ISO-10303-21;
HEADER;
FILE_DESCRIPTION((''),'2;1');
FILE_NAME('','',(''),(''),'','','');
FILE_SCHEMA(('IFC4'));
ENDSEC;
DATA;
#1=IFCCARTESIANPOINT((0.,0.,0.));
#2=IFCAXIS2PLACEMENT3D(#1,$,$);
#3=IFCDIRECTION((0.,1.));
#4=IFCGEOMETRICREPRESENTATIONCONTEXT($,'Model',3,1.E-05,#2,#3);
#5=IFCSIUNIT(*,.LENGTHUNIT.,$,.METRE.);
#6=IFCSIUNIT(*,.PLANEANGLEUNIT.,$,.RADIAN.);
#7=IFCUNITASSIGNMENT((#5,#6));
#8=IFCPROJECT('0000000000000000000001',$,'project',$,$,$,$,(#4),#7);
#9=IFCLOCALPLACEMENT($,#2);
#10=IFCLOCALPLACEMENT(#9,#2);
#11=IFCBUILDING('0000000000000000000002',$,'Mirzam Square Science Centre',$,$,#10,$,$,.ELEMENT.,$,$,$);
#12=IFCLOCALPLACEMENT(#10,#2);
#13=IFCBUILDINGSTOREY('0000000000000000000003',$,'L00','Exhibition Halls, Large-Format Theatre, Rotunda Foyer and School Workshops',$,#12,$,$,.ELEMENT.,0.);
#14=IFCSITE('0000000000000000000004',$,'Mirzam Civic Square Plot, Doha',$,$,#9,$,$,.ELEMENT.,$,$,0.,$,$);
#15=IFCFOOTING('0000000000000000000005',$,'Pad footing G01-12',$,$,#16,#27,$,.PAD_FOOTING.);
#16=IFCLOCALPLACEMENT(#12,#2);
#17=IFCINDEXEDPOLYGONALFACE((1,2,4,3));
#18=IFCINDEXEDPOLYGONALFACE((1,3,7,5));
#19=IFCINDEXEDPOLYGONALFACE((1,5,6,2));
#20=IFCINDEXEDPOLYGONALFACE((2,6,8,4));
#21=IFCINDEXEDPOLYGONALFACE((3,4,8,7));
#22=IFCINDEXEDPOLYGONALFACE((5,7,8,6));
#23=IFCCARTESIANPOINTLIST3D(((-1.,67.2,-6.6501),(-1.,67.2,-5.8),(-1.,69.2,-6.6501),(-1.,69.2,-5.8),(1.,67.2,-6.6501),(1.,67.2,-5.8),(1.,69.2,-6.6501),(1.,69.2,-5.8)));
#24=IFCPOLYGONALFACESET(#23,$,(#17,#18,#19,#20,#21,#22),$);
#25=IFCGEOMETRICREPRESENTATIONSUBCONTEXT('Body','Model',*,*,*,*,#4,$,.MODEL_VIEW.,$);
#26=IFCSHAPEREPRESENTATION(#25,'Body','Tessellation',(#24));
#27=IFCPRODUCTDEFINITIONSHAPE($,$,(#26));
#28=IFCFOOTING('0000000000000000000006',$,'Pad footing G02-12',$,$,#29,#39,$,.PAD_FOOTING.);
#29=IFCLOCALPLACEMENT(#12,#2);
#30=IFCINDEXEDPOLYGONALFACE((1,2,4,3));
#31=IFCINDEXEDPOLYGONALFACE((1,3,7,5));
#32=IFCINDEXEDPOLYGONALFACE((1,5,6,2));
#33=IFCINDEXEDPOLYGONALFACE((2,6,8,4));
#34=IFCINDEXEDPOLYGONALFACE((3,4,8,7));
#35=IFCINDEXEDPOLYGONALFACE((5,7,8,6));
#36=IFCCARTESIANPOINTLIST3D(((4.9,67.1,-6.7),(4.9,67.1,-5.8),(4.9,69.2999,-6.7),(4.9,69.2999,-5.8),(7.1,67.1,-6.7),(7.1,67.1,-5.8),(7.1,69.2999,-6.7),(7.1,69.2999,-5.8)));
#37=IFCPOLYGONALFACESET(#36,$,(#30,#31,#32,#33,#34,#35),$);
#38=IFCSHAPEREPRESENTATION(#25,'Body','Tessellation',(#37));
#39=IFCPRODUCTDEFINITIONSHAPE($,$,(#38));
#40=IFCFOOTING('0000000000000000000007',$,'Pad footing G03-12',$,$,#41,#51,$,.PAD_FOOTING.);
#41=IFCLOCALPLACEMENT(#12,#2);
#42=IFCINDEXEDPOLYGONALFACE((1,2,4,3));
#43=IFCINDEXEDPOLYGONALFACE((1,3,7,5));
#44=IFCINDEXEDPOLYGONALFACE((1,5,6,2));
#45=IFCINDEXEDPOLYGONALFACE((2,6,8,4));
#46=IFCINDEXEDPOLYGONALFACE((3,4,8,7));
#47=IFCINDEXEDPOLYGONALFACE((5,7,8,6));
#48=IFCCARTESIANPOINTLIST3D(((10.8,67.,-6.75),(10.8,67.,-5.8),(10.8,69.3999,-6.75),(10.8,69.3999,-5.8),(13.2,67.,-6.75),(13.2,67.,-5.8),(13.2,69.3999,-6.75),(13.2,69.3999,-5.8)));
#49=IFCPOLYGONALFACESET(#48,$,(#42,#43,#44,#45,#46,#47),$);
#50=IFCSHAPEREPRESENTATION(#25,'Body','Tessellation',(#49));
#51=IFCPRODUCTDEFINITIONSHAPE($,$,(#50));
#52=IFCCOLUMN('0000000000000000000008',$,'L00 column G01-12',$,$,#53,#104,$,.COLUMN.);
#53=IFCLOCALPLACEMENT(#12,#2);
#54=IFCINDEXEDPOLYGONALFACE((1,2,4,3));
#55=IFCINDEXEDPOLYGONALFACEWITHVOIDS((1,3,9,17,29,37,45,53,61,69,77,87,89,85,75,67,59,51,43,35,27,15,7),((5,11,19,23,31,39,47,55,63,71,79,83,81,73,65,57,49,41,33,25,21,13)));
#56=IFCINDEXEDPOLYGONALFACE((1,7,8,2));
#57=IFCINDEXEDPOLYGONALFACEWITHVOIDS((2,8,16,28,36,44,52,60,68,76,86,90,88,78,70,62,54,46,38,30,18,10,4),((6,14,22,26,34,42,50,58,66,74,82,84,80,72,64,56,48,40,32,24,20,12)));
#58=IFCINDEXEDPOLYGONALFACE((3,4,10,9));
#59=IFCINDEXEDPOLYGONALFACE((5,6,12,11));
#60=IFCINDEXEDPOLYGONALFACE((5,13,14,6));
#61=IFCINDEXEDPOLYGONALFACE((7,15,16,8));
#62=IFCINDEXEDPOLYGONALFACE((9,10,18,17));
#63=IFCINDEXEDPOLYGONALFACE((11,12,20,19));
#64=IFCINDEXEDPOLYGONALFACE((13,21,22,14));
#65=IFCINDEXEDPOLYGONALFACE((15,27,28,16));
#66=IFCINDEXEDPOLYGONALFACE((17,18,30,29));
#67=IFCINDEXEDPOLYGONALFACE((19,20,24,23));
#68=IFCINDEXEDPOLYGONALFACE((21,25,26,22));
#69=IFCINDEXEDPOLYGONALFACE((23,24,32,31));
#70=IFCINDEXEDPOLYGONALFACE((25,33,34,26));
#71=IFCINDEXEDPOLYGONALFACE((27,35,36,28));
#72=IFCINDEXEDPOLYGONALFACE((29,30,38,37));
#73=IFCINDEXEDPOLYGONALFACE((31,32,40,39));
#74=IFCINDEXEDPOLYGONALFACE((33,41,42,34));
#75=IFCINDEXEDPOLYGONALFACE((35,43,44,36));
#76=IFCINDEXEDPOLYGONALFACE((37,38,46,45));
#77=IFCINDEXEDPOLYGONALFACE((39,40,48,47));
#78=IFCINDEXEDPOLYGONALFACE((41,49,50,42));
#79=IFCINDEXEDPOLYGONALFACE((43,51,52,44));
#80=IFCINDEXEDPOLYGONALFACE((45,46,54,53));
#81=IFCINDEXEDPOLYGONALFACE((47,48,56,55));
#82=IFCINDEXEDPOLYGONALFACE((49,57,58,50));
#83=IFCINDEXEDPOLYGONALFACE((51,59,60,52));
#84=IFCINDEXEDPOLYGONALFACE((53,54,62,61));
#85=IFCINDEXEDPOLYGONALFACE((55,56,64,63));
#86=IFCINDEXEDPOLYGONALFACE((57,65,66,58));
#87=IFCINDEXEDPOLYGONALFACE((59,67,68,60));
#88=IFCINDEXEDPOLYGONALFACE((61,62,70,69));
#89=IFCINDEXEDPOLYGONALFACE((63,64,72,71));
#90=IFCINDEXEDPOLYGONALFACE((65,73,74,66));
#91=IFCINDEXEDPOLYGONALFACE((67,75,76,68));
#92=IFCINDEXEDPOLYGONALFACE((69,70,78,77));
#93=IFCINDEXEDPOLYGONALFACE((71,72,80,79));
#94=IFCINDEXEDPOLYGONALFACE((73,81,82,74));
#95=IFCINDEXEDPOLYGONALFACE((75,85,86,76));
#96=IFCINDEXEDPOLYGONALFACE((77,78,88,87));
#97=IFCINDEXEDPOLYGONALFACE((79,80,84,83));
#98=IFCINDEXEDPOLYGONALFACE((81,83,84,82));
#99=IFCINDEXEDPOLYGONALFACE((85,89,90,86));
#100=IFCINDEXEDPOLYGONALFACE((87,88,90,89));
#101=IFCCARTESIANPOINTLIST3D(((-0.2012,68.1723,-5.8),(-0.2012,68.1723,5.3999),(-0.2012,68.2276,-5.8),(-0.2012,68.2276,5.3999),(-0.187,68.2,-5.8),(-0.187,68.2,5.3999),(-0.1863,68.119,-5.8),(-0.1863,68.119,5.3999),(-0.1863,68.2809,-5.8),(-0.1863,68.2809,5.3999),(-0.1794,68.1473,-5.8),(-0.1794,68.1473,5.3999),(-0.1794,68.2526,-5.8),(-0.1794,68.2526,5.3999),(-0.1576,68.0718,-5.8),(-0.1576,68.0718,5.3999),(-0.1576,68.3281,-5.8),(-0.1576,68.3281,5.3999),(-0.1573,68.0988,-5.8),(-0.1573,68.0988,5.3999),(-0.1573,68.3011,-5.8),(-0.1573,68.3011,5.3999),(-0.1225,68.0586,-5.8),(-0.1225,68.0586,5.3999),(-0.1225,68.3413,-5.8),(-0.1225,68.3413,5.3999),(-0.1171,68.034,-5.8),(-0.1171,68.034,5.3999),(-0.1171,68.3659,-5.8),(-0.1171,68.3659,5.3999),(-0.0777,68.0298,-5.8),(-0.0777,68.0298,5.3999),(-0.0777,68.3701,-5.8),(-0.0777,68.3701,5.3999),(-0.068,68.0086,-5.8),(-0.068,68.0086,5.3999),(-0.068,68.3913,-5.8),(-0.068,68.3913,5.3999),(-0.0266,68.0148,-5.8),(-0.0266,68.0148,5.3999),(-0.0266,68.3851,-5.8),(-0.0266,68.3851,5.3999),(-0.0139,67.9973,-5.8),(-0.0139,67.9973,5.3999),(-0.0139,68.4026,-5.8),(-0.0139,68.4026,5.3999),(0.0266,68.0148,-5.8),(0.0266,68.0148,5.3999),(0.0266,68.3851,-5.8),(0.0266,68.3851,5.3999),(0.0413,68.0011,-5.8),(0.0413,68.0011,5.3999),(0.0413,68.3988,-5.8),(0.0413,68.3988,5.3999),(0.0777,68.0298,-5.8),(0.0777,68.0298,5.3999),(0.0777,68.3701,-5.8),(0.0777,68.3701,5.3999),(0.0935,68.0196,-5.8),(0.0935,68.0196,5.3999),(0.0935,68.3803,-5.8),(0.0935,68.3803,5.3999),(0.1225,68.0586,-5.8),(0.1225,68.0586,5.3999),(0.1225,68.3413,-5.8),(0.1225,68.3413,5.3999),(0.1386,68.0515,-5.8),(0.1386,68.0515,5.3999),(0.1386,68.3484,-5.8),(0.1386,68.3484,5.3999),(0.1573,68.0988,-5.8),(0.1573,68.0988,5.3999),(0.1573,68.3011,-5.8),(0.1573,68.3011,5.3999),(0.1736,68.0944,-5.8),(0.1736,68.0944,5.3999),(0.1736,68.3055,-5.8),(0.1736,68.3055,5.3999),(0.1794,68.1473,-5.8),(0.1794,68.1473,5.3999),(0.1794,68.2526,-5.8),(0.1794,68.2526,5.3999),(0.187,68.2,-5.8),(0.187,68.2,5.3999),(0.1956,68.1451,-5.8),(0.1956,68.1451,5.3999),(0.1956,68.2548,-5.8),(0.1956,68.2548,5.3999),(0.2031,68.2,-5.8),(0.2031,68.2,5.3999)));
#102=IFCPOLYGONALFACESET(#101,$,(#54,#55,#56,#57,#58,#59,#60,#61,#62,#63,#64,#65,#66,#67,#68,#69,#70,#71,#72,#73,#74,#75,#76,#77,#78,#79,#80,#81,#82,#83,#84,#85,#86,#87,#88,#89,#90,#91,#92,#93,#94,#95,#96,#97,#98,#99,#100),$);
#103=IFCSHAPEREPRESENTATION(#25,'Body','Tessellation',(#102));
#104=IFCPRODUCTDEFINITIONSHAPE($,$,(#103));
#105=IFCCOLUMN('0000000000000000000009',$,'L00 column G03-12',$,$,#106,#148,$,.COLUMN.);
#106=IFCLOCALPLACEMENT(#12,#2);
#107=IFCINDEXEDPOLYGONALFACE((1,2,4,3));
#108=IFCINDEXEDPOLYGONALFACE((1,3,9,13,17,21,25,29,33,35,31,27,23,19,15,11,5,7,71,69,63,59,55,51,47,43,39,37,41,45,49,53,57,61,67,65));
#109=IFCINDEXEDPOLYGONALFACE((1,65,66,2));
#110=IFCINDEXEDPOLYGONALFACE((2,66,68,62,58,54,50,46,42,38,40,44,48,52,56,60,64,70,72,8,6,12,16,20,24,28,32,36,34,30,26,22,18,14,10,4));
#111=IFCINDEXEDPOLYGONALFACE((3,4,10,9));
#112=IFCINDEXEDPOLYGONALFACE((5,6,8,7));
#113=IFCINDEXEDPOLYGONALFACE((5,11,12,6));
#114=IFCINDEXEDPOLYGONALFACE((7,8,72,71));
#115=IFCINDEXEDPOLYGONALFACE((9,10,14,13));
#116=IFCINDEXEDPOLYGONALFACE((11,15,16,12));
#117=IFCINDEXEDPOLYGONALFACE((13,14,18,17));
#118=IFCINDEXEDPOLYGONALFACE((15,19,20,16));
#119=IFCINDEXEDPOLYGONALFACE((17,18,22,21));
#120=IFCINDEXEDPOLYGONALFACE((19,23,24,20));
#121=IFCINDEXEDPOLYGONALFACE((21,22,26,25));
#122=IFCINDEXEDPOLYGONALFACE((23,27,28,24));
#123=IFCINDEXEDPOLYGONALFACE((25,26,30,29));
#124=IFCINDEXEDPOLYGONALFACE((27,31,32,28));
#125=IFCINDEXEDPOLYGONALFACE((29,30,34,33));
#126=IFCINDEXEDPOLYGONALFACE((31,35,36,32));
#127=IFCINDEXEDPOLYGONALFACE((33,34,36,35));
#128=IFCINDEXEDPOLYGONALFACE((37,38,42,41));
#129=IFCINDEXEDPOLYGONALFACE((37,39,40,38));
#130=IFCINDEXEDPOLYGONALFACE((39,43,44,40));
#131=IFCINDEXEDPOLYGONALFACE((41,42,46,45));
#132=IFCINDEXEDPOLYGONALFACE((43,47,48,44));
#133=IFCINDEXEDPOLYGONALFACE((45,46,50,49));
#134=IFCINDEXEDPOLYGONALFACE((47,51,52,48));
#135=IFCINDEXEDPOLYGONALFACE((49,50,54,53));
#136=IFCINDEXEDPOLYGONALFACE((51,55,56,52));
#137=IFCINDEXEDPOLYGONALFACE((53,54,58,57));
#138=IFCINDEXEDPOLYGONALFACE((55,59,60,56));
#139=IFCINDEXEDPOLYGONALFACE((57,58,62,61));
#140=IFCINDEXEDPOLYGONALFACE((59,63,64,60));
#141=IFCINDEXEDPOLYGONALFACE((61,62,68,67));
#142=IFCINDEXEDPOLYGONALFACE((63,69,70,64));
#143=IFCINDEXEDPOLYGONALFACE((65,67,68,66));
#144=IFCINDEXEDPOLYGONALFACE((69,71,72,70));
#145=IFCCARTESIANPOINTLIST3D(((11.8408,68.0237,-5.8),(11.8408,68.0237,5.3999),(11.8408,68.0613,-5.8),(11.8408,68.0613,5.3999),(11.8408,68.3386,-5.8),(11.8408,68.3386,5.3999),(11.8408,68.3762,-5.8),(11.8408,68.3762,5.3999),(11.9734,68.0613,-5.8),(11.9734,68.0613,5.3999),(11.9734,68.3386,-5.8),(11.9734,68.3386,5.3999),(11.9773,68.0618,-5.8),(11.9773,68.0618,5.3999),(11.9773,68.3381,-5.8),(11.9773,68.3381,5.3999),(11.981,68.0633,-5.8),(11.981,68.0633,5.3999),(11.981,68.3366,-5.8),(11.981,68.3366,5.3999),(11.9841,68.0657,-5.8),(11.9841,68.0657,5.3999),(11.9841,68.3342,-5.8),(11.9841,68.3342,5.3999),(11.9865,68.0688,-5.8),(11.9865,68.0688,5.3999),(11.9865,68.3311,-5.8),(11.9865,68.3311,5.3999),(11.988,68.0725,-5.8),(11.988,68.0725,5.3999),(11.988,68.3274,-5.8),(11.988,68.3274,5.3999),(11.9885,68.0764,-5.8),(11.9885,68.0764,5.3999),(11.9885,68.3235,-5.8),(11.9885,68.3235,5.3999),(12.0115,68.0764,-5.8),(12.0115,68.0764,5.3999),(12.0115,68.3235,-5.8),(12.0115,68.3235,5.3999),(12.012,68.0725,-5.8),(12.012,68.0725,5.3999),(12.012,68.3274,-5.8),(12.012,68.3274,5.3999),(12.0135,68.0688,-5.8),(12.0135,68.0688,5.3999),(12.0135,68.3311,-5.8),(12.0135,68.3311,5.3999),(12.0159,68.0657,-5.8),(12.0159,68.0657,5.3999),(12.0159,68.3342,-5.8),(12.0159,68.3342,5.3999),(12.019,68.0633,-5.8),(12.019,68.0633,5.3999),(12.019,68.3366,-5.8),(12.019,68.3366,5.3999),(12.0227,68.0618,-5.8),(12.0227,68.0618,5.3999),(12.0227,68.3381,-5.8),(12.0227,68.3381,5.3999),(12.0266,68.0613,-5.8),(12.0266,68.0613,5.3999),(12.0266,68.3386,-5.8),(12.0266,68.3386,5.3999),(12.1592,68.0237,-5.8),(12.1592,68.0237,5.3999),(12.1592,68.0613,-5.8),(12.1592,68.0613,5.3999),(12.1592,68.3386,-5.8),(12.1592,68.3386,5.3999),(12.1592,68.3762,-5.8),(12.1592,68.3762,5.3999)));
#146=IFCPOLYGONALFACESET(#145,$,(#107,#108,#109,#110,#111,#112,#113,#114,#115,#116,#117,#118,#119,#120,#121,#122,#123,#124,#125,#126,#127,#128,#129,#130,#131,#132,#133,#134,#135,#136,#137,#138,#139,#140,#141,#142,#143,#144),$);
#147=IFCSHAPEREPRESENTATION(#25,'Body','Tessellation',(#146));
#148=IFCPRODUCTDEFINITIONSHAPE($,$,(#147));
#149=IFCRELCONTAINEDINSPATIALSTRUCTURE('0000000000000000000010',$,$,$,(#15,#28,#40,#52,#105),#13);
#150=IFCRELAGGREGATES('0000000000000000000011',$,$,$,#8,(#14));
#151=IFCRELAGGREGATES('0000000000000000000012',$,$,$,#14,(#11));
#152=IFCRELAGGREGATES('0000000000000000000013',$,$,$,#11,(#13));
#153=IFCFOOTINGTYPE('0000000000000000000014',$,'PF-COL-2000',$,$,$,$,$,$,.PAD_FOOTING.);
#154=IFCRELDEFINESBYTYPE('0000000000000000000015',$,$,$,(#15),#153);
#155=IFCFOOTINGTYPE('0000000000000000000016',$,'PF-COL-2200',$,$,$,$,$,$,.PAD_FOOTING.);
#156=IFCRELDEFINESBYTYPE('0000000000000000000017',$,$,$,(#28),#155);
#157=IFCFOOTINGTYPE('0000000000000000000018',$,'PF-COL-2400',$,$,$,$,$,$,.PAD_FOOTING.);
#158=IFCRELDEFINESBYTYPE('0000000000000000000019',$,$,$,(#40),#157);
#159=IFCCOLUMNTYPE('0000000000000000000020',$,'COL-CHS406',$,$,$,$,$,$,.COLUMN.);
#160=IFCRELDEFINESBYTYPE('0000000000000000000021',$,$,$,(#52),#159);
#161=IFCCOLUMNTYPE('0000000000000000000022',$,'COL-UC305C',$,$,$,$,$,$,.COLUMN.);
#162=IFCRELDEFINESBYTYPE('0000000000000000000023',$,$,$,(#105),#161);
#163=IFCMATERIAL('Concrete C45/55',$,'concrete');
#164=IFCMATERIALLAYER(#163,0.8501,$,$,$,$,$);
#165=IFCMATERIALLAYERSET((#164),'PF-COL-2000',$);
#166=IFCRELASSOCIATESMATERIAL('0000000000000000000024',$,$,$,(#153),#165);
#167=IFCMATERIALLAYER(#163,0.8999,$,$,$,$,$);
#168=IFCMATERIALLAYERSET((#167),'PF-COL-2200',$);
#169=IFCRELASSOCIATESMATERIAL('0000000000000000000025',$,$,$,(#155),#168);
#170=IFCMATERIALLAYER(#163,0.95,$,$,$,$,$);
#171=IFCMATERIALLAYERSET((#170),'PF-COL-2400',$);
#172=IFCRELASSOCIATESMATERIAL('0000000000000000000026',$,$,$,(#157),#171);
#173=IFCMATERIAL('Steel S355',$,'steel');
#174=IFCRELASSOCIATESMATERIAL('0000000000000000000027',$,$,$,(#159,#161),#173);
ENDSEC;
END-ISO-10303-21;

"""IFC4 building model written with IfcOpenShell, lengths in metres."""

from ifc_helpers import new_model, si_unit, direction, frame, origin, origin_2d, place, context, subcontext, project, spatial, rectangle, hollow_circle, i_section, extrude, material, layer, layer_set, material_profile, profile_set, type_object, element, save


model = new_model("IFC4")

# Units and contexts
model_context = context("Model", 3, precision=1e-05, world=origin(), true_north=direction((0.0, 1.0)))
body_context = subcontext(model_context, "Body", "Model", "MODEL_VIEW")
ifc_project = project(units=[si_unit("LENGTHUNIT", "METRE"), si_unit("PLANEANGLEUNIT", "RADIAN")], contexts=[model_context])

# Site, building, storey
site_placement = place(None, origin())
site = spatial("IfcSite", under=ifc_project, at=site_placement, Name="Mirzam Civic Square Plot, Doha", CompositionType="ELEMENT", RefElevation=0.0)
building_placement = place(site_placement, origin())
building = spatial("IfcBuilding", under=site, at=building_placement, Name="Mirzam Square Science Centre", CompositionType="ELEMENT")
storey_placement = place(building_placement, origin())
storey = spatial("IfcBuildingStorey", under=building, at=storey_placement, Name="L00", Description="Exhibition Halls, Large-Format Theatre, Rotunda Foyer and School Workshops", CompositionType="ELEMENT", Elevation=0.0)

# Footings
ifc_material_1 = material(Name="Concrete C45/55", Category="concrete")
ifc_layer_1 = layer(ifc_material_1, 0.8501)
ifc_layer_set_1 = layer_set([ifc_layer_1], Name="PF-COL-2000")
footing_type_1 = type_object("IfcFootingType", Name="PF-COL-2000", PredefinedType="PAD_FOOTING", material=ifc_layer_set_1)
footing_1_placement = place(storey_placement, frame((0.0, 68.2, -6.6501), z_axis=(0.0, 0.0, 1.0), x_axis=(1.0, 0.0, 0.0)))
element("IfcFooting", 1, at=footing_1_placement, inside=storey, type_object=footing_type_1, Name="Pad footing G01-12", PredefinedType="PAD_FOOTING", context=body_context, shape_type="SweptSolid", body=[
    extrude(rectangle(XDim=2.0, YDim=2.0, at=origin_2d()), origin(), (0.0, 0.0, 1.0), 0.8501),
])
ifc_layer_2 = layer(ifc_material_1, 0.8999)
ifc_layer_set_2 = layer_set([ifc_layer_2], Name="PF-COL-2200")
footing_type_2 = type_object("IfcFootingType", Name="PF-COL-2200", PredefinedType="PAD_FOOTING", material=ifc_layer_set_2)
footing_2_placement = place(storey_placement, frame((6.0, 68.2, -6.7), z_axis=(0.0, 0.0, 1.0), x_axis=(1.0, 0.0, 0.0)))
element("IfcFooting", 2, at=footing_2_placement, inside=storey, type_object=footing_type_2, Name="Pad footing G02-12", PredefinedType="PAD_FOOTING", context=body_context, shape_type="SweptSolid", body=[
    extrude(rectangle(XDim=2.2, YDim=2.2, at=origin_2d()), origin(), (0.0, 0.0, 1.0), 0.8999),
])
ifc_layer_3 = layer(ifc_material_1, 0.95)
ifc_layer_set_3 = layer_set([ifc_layer_3], Name="PF-COL-2400")
footing_type_3 = type_object("IfcFootingType", Name="PF-COL-2400", PredefinedType="PAD_FOOTING", material=ifc_layer_set_3)
footing_3_placement = place(storey_placement, frame((12.0, 68.2, -6.75), z_axis=(0.0, 0.0, 1.0), x_axis=(1.0, 0.0, 0.0)))
element("IfcFooting", 3, at=footing_3_placement, inside=storey, type_object=footing_type_3, Name="Pad footing G03-12", PredefinedType="PAD_FOOTING", context=body_context, shape_type="SweptSolid", body=[
    extrude(rectangle(XDim=2.3999, YDim=2.3999, at=origin_2d()), origin(), (0.0, 0.0, 1.0), 0.95),
])

# Columns
ifc_material_2 = material(Name="Steel S355", Category="steel")
ifc_material_profile_1 = material_profile(ifc_material_2, hollow_circle(Radius=0.2031, WallThickness=0.0161, at=origin_2d()), Name="406.4x16.0CHS")
ifc_profile_set_1 = profile_set([ifc_material_profile_1], Name="Steel S355")
column_type_1 = type_object("IfcColumnType", Name="COL-CHS406", PredefinedType="COLUMN", material=ifc_profile_set_1)
column_1_placement = place(storey_placement, frame((0.0, 68.2, -5.8), z_axis=(0.0, 0.0, 1.0), x_axis=(1.0, 0.0, 0.0)))
element("IfcColumn", 4, at=column_1_placement, inside=storey, type_object=column_type_1, Name="L00 column G01-12", PredefinedType="COLUMN", context=body_context, shape_type="SweptSolid", body=[
    extrude(hollow_circle(Radius=0.2031, WallThickness=0.0161, at=origin_2d()), origin(), (0.0, 0.0, 1.0), 11.2),
])
ifc_material_profile_2 = material_profile(ifc_material_2, i_section(OverallWidth=0.3184, OverallDepth=0.3525, WebThickness=0.0229, FlangeThickness=0.0376, FilletRadius=0.0151, at=origin_2d()), Name="305x305x240UC")
ifc_profile_set_2 = profile_set([ifc_material_profile_2], Name="Steel S355")
column_type_2 = type_object("IfcColumnType", Name="COL-UC305C", PredefinedType="COLUMN", material=ifc_profile_set_2)
column_2_placement = place(storey_placement, frame((12.0, 68.2, -5.8), z_axis=(0.0, 0.0, 1.0), x_axis=(1.0, 0.0, 0.0)))
element("IfcColumn", 5, at=column_2_placement, inside=storey, type_object=column_type_2, Name="L00 column G03-12", PredefinedType="COLUMN", context=body_context, shape_type="SweptSolid", body=[
    extrude(i_section(OverallWidth=0.3184, OverallDepth=0.3525, WebThickness=0.0229, FlangeThickness=0.0376, FilletRadius=0.0151, at=origin_2d()), origin(), (0.0, 0.0, 1.0), 11.2),
])

save(model, "model.ifc")
